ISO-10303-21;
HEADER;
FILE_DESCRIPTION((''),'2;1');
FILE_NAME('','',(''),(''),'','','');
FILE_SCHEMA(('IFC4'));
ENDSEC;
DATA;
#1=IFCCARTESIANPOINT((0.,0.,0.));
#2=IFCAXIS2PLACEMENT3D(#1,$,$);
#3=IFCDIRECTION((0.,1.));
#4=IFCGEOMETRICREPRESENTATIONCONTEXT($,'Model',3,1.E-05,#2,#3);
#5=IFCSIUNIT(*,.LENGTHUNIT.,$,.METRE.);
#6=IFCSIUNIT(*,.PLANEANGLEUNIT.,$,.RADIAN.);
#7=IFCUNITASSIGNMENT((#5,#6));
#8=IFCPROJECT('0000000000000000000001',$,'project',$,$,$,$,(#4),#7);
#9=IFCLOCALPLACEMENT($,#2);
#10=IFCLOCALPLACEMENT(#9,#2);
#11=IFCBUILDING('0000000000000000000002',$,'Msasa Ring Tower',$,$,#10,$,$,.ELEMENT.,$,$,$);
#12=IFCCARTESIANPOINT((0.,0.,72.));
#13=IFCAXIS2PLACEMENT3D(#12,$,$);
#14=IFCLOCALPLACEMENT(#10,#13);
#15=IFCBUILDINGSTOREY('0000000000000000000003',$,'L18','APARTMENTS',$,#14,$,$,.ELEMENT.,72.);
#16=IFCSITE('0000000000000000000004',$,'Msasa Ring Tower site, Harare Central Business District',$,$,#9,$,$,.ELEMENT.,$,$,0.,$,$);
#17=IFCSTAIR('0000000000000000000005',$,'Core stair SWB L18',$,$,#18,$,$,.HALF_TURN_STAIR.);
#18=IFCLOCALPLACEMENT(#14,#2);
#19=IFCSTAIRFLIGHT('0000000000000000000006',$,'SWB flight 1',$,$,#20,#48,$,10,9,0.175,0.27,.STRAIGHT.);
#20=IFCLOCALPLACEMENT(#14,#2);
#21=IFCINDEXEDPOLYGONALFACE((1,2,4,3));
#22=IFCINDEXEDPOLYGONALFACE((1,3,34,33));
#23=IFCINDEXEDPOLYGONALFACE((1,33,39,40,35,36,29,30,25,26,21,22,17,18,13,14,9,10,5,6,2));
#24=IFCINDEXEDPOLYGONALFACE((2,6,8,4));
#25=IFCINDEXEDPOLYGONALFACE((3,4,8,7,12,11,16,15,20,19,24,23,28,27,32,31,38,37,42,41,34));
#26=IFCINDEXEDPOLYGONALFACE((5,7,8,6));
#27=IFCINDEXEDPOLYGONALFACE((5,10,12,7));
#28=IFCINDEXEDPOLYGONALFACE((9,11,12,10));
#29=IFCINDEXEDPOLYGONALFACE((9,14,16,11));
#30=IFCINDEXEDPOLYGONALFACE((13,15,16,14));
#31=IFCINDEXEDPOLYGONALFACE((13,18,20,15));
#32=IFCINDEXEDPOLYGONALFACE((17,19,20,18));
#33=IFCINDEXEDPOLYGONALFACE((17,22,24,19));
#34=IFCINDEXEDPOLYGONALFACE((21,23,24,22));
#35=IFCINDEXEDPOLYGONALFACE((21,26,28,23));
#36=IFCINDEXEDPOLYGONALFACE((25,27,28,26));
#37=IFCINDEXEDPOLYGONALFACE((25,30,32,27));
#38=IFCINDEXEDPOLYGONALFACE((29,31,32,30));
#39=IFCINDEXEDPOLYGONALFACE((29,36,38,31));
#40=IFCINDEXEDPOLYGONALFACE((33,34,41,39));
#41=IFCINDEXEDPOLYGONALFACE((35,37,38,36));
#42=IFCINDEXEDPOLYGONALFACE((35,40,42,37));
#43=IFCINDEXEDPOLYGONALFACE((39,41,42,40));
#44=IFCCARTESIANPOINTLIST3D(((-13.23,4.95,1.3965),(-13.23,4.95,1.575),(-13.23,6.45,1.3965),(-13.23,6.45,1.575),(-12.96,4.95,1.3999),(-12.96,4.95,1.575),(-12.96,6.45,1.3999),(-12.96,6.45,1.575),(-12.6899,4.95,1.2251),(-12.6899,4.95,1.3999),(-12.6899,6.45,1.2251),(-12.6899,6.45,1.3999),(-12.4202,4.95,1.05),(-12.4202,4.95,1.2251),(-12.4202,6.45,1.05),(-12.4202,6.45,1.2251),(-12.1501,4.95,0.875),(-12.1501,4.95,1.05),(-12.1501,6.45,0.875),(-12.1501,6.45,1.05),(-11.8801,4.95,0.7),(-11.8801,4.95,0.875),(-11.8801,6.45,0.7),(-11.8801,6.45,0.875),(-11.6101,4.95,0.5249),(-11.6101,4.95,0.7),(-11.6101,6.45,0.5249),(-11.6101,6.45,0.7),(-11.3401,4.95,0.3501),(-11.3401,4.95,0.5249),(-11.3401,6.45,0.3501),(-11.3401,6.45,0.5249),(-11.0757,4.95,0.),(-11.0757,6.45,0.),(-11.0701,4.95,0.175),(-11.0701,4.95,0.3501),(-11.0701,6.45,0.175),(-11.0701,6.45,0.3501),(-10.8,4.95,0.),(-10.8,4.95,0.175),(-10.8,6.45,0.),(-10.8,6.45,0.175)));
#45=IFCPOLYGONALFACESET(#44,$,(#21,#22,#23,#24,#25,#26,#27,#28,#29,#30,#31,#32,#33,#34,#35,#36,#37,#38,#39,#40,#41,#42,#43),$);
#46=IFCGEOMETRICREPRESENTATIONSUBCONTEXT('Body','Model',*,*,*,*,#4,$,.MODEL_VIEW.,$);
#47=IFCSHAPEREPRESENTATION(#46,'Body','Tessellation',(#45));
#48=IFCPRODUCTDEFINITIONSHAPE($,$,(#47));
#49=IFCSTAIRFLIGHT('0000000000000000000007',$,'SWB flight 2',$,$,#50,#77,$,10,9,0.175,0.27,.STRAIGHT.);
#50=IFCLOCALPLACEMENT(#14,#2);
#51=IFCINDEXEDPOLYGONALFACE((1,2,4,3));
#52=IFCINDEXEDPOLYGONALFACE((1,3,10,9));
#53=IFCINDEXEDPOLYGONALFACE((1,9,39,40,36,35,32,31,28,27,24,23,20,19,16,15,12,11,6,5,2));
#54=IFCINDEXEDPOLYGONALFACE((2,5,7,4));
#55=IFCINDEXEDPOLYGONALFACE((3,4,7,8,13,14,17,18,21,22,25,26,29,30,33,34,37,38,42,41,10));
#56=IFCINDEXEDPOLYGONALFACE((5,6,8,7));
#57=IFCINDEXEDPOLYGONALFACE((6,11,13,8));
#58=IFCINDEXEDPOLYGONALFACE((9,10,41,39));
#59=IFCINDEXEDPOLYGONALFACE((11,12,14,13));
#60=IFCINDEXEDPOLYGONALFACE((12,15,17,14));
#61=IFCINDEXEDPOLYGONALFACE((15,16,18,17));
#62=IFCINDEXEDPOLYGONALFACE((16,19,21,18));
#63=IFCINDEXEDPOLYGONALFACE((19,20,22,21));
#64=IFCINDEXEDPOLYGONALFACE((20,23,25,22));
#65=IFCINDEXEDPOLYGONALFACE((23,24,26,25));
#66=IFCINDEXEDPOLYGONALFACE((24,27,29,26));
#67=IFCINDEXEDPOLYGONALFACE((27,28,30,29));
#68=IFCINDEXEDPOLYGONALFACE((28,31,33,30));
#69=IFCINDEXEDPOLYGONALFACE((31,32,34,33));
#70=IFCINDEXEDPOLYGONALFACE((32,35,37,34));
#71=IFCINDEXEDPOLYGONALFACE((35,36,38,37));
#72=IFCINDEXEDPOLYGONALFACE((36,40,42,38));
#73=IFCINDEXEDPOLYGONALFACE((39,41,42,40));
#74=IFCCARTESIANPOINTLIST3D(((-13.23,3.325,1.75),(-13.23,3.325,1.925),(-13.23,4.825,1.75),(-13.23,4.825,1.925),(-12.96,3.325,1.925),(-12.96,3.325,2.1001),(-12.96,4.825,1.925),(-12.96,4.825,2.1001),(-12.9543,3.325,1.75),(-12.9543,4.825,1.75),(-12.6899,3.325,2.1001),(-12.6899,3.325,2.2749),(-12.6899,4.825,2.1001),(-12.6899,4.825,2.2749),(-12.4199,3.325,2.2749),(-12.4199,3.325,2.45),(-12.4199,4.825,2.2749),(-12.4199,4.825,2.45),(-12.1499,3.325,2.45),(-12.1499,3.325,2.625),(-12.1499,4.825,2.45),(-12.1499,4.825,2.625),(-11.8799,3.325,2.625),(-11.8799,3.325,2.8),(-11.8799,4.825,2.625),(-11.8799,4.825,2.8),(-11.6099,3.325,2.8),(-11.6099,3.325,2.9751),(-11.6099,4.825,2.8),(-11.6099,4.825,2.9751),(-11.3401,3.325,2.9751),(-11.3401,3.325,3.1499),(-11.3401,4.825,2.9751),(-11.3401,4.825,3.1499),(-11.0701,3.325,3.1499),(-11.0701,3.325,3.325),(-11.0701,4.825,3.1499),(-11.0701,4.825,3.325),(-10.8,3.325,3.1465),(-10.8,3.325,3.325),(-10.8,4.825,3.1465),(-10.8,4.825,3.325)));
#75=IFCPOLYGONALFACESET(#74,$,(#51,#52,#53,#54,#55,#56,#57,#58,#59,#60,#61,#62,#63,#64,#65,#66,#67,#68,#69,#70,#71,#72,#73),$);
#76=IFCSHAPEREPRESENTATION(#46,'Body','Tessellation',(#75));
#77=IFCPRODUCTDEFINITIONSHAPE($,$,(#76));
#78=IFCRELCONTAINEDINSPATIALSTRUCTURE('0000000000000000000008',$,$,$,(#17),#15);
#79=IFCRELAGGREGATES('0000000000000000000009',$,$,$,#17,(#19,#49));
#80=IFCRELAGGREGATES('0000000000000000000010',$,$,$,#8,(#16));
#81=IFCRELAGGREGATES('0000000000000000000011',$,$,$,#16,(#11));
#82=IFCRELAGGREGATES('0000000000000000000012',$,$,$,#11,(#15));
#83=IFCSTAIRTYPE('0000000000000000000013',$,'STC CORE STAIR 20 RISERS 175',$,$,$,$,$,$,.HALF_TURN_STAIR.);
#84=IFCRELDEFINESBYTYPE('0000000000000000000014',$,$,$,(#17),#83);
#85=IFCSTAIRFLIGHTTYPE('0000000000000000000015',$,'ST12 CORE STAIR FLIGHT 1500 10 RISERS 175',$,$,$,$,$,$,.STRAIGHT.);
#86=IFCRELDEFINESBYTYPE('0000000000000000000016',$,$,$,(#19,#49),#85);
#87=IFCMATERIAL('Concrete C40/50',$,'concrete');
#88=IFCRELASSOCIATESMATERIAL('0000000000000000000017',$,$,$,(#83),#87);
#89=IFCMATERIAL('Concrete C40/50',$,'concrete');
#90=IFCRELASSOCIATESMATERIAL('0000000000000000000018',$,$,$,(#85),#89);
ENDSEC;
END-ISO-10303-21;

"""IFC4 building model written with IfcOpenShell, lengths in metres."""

from ifc_helpers import new_model, si_unit, direction, frame, origin, place, context, subcontext, project, spatial, polyline, outline, extrude, material, type_object, element, aggregate, save


model = new_model("IFC4")

# Units and contexts
model_context = context("Model", 3, precision=1e-05, world=origin(), true_north=direction((0.0, 1.0)))
body_context = subcontext(model_context, "Body", "Model", "MODEL_VIEW")
ifc_project = project(units=[si_unit("LENGTHUNIT", "METRE"), si_unit("PLANEANGLEUNIT", "RADIAN")], contexts=[model_context])

# Site, building, storey
site_placement = place(None, origin())
site = spatial("IfcSite", under=ifc_project, at=site_placement, Name="Msasa Ring Tower site, Harare Central Business District", CompositionType="ELEMENT", RefElevation=0.0)
building_placement = place(site_placement, origin())
building = spatial("IfcBuilding", under=site, at=building_placement, Name="Msasa Ring Tower", CompositionType="ELEMENT")
storey_placement = place(building_placement, frame((0.0, 0.0, 72.0)))
storey = spatial("IfcBuildingStorey", under=building, at=storey_placement, Name="L18", Description="APARTMENTS", CompositionType="ELEMENT", Elevation=72.0)

# Stair, stair flights
ifc_material_1 = material(Name="Concrete C40/50", Category="concrete")
stair_type = type_object("IfcStairType", Name="STC CORE STAIR 20 RISERS 175", PredefinedType="HALF_TURN_STAIR", material=ifc_material_1)
stair_placement = place(storey_placement, origin())
stair = element("IfcStair", 1, at=stair_placement, inside=storey, type_object=stair_type, Name="Core stair SWB L18", PredefinedType="HALF_TURN_STAIR")
ifc_material_2 = material(Name="Concrete C40/50", Category="concrete")
stair_flight_type = type_object("IfcStairFlightType", Name="ST12 CORE STAIR FLIGHT 1500 10 RISERS 175", PredefinedType="STRAIGHT", material=ifc_material_2)
stair_flight_1_placement = place(storey_placement, frame((-10.8, 5.7, 0.0), z_axis=(0.0, 0.0, 1.0), x_axis=(-1.0, 0.0, 0.0)))
stair_flight_1 = element("IfcStairFlight", 2, at=stair_flight_1_placement, type_object=stair_flight_type, Name="SWB flight 1", NumberOfRisers=10, NumberOfTreads=9, PredefinedType="STRAIGHT", RiserHeight=0.175, TreadLength=0.27, context=body_context, shape_type="SweptSolid", body=[
    extrude(outline(polyline([(0.0, 0.0), (0.0, 0.175), (0.27, 0.175), (0.27, 0.3501), (0.54, 0.3501), (0.54, 0.5249), (0.8101, 0.5249), (0.8101, 0.7), (1.0801, 0.7), (1.0801, 0.875), (1.3501, 0.875), (1.3501, 1.05), (1.6201, 1.05), (1.6201, 1.2251), (1.8899, 1.2251), (1.8899, 1.3999), (2.1599, 1.3999), (2.1599, 1.575), (2.4299, 1.575), (2.4299, 1.75), (2.4299, 1.3965), (0.2756, 0.0), (0.0, 0.0)])), frame((0.0, 0.75, 0.0), z_axis=(0.0, -1.0, 0.0), x_axis=(1.0, 0.0, 0.0)), (0.0, 0.0, 1.0), 1.5),
])
stair_flight_2_placement = place(storey_placement, frame((-13.23, 4.075, 1.75), z_axis=(0.0, 0.0, 1.0), x_axis=(1.0, 0.0, 0.0)))
stair_flight_2 = element("IfcStairFlight", 3, at=stair_flight_2_placement, type_object=stair_flight_type, Name="SWB flight 2", NumberOfRisers=10, NumberOfTreads=9, PredefinedType="STRAIGHT", RiserHeight=0.175, TreadLength=0.27, context=body_context, shape_type="SweptSolid", body=[
    extrude(outline(polyline([(0.0, 0.0), (0.0, 0.175), (0.27, 0.175), (0.27, 0.3501), (0.54, 0.3501), (0.54, 0.5249), (0.8101, 0.5249), (0.8101, 0.7), (1.0801, 0.7), (1.0801, 0.875), (1.3501, 0.875), (1.3501, 1.05), (1.6201, 1.05), (1.6201, 1.2251), (1.8899, 1.2251), (1.8899, 1.3999), (2.1599, 1.3999), (2.1599, 1.575), (2.4299, 1.575), (2.4299, 1.75), (2.4299, 1.3965), (0.2756, 0.0), (0.0, 0.0)])), frame((0.0, 0.75, 0.0), z_axis=(0.0, -1.0, 0.0), x_axis=(1.0, 0.0, 0.0)), (0.0, 0.0, 1.0), 1.5),
])
aggregate(stair, [stair_flight_1, stair_flight_2])

save(model, "model.ifc")
